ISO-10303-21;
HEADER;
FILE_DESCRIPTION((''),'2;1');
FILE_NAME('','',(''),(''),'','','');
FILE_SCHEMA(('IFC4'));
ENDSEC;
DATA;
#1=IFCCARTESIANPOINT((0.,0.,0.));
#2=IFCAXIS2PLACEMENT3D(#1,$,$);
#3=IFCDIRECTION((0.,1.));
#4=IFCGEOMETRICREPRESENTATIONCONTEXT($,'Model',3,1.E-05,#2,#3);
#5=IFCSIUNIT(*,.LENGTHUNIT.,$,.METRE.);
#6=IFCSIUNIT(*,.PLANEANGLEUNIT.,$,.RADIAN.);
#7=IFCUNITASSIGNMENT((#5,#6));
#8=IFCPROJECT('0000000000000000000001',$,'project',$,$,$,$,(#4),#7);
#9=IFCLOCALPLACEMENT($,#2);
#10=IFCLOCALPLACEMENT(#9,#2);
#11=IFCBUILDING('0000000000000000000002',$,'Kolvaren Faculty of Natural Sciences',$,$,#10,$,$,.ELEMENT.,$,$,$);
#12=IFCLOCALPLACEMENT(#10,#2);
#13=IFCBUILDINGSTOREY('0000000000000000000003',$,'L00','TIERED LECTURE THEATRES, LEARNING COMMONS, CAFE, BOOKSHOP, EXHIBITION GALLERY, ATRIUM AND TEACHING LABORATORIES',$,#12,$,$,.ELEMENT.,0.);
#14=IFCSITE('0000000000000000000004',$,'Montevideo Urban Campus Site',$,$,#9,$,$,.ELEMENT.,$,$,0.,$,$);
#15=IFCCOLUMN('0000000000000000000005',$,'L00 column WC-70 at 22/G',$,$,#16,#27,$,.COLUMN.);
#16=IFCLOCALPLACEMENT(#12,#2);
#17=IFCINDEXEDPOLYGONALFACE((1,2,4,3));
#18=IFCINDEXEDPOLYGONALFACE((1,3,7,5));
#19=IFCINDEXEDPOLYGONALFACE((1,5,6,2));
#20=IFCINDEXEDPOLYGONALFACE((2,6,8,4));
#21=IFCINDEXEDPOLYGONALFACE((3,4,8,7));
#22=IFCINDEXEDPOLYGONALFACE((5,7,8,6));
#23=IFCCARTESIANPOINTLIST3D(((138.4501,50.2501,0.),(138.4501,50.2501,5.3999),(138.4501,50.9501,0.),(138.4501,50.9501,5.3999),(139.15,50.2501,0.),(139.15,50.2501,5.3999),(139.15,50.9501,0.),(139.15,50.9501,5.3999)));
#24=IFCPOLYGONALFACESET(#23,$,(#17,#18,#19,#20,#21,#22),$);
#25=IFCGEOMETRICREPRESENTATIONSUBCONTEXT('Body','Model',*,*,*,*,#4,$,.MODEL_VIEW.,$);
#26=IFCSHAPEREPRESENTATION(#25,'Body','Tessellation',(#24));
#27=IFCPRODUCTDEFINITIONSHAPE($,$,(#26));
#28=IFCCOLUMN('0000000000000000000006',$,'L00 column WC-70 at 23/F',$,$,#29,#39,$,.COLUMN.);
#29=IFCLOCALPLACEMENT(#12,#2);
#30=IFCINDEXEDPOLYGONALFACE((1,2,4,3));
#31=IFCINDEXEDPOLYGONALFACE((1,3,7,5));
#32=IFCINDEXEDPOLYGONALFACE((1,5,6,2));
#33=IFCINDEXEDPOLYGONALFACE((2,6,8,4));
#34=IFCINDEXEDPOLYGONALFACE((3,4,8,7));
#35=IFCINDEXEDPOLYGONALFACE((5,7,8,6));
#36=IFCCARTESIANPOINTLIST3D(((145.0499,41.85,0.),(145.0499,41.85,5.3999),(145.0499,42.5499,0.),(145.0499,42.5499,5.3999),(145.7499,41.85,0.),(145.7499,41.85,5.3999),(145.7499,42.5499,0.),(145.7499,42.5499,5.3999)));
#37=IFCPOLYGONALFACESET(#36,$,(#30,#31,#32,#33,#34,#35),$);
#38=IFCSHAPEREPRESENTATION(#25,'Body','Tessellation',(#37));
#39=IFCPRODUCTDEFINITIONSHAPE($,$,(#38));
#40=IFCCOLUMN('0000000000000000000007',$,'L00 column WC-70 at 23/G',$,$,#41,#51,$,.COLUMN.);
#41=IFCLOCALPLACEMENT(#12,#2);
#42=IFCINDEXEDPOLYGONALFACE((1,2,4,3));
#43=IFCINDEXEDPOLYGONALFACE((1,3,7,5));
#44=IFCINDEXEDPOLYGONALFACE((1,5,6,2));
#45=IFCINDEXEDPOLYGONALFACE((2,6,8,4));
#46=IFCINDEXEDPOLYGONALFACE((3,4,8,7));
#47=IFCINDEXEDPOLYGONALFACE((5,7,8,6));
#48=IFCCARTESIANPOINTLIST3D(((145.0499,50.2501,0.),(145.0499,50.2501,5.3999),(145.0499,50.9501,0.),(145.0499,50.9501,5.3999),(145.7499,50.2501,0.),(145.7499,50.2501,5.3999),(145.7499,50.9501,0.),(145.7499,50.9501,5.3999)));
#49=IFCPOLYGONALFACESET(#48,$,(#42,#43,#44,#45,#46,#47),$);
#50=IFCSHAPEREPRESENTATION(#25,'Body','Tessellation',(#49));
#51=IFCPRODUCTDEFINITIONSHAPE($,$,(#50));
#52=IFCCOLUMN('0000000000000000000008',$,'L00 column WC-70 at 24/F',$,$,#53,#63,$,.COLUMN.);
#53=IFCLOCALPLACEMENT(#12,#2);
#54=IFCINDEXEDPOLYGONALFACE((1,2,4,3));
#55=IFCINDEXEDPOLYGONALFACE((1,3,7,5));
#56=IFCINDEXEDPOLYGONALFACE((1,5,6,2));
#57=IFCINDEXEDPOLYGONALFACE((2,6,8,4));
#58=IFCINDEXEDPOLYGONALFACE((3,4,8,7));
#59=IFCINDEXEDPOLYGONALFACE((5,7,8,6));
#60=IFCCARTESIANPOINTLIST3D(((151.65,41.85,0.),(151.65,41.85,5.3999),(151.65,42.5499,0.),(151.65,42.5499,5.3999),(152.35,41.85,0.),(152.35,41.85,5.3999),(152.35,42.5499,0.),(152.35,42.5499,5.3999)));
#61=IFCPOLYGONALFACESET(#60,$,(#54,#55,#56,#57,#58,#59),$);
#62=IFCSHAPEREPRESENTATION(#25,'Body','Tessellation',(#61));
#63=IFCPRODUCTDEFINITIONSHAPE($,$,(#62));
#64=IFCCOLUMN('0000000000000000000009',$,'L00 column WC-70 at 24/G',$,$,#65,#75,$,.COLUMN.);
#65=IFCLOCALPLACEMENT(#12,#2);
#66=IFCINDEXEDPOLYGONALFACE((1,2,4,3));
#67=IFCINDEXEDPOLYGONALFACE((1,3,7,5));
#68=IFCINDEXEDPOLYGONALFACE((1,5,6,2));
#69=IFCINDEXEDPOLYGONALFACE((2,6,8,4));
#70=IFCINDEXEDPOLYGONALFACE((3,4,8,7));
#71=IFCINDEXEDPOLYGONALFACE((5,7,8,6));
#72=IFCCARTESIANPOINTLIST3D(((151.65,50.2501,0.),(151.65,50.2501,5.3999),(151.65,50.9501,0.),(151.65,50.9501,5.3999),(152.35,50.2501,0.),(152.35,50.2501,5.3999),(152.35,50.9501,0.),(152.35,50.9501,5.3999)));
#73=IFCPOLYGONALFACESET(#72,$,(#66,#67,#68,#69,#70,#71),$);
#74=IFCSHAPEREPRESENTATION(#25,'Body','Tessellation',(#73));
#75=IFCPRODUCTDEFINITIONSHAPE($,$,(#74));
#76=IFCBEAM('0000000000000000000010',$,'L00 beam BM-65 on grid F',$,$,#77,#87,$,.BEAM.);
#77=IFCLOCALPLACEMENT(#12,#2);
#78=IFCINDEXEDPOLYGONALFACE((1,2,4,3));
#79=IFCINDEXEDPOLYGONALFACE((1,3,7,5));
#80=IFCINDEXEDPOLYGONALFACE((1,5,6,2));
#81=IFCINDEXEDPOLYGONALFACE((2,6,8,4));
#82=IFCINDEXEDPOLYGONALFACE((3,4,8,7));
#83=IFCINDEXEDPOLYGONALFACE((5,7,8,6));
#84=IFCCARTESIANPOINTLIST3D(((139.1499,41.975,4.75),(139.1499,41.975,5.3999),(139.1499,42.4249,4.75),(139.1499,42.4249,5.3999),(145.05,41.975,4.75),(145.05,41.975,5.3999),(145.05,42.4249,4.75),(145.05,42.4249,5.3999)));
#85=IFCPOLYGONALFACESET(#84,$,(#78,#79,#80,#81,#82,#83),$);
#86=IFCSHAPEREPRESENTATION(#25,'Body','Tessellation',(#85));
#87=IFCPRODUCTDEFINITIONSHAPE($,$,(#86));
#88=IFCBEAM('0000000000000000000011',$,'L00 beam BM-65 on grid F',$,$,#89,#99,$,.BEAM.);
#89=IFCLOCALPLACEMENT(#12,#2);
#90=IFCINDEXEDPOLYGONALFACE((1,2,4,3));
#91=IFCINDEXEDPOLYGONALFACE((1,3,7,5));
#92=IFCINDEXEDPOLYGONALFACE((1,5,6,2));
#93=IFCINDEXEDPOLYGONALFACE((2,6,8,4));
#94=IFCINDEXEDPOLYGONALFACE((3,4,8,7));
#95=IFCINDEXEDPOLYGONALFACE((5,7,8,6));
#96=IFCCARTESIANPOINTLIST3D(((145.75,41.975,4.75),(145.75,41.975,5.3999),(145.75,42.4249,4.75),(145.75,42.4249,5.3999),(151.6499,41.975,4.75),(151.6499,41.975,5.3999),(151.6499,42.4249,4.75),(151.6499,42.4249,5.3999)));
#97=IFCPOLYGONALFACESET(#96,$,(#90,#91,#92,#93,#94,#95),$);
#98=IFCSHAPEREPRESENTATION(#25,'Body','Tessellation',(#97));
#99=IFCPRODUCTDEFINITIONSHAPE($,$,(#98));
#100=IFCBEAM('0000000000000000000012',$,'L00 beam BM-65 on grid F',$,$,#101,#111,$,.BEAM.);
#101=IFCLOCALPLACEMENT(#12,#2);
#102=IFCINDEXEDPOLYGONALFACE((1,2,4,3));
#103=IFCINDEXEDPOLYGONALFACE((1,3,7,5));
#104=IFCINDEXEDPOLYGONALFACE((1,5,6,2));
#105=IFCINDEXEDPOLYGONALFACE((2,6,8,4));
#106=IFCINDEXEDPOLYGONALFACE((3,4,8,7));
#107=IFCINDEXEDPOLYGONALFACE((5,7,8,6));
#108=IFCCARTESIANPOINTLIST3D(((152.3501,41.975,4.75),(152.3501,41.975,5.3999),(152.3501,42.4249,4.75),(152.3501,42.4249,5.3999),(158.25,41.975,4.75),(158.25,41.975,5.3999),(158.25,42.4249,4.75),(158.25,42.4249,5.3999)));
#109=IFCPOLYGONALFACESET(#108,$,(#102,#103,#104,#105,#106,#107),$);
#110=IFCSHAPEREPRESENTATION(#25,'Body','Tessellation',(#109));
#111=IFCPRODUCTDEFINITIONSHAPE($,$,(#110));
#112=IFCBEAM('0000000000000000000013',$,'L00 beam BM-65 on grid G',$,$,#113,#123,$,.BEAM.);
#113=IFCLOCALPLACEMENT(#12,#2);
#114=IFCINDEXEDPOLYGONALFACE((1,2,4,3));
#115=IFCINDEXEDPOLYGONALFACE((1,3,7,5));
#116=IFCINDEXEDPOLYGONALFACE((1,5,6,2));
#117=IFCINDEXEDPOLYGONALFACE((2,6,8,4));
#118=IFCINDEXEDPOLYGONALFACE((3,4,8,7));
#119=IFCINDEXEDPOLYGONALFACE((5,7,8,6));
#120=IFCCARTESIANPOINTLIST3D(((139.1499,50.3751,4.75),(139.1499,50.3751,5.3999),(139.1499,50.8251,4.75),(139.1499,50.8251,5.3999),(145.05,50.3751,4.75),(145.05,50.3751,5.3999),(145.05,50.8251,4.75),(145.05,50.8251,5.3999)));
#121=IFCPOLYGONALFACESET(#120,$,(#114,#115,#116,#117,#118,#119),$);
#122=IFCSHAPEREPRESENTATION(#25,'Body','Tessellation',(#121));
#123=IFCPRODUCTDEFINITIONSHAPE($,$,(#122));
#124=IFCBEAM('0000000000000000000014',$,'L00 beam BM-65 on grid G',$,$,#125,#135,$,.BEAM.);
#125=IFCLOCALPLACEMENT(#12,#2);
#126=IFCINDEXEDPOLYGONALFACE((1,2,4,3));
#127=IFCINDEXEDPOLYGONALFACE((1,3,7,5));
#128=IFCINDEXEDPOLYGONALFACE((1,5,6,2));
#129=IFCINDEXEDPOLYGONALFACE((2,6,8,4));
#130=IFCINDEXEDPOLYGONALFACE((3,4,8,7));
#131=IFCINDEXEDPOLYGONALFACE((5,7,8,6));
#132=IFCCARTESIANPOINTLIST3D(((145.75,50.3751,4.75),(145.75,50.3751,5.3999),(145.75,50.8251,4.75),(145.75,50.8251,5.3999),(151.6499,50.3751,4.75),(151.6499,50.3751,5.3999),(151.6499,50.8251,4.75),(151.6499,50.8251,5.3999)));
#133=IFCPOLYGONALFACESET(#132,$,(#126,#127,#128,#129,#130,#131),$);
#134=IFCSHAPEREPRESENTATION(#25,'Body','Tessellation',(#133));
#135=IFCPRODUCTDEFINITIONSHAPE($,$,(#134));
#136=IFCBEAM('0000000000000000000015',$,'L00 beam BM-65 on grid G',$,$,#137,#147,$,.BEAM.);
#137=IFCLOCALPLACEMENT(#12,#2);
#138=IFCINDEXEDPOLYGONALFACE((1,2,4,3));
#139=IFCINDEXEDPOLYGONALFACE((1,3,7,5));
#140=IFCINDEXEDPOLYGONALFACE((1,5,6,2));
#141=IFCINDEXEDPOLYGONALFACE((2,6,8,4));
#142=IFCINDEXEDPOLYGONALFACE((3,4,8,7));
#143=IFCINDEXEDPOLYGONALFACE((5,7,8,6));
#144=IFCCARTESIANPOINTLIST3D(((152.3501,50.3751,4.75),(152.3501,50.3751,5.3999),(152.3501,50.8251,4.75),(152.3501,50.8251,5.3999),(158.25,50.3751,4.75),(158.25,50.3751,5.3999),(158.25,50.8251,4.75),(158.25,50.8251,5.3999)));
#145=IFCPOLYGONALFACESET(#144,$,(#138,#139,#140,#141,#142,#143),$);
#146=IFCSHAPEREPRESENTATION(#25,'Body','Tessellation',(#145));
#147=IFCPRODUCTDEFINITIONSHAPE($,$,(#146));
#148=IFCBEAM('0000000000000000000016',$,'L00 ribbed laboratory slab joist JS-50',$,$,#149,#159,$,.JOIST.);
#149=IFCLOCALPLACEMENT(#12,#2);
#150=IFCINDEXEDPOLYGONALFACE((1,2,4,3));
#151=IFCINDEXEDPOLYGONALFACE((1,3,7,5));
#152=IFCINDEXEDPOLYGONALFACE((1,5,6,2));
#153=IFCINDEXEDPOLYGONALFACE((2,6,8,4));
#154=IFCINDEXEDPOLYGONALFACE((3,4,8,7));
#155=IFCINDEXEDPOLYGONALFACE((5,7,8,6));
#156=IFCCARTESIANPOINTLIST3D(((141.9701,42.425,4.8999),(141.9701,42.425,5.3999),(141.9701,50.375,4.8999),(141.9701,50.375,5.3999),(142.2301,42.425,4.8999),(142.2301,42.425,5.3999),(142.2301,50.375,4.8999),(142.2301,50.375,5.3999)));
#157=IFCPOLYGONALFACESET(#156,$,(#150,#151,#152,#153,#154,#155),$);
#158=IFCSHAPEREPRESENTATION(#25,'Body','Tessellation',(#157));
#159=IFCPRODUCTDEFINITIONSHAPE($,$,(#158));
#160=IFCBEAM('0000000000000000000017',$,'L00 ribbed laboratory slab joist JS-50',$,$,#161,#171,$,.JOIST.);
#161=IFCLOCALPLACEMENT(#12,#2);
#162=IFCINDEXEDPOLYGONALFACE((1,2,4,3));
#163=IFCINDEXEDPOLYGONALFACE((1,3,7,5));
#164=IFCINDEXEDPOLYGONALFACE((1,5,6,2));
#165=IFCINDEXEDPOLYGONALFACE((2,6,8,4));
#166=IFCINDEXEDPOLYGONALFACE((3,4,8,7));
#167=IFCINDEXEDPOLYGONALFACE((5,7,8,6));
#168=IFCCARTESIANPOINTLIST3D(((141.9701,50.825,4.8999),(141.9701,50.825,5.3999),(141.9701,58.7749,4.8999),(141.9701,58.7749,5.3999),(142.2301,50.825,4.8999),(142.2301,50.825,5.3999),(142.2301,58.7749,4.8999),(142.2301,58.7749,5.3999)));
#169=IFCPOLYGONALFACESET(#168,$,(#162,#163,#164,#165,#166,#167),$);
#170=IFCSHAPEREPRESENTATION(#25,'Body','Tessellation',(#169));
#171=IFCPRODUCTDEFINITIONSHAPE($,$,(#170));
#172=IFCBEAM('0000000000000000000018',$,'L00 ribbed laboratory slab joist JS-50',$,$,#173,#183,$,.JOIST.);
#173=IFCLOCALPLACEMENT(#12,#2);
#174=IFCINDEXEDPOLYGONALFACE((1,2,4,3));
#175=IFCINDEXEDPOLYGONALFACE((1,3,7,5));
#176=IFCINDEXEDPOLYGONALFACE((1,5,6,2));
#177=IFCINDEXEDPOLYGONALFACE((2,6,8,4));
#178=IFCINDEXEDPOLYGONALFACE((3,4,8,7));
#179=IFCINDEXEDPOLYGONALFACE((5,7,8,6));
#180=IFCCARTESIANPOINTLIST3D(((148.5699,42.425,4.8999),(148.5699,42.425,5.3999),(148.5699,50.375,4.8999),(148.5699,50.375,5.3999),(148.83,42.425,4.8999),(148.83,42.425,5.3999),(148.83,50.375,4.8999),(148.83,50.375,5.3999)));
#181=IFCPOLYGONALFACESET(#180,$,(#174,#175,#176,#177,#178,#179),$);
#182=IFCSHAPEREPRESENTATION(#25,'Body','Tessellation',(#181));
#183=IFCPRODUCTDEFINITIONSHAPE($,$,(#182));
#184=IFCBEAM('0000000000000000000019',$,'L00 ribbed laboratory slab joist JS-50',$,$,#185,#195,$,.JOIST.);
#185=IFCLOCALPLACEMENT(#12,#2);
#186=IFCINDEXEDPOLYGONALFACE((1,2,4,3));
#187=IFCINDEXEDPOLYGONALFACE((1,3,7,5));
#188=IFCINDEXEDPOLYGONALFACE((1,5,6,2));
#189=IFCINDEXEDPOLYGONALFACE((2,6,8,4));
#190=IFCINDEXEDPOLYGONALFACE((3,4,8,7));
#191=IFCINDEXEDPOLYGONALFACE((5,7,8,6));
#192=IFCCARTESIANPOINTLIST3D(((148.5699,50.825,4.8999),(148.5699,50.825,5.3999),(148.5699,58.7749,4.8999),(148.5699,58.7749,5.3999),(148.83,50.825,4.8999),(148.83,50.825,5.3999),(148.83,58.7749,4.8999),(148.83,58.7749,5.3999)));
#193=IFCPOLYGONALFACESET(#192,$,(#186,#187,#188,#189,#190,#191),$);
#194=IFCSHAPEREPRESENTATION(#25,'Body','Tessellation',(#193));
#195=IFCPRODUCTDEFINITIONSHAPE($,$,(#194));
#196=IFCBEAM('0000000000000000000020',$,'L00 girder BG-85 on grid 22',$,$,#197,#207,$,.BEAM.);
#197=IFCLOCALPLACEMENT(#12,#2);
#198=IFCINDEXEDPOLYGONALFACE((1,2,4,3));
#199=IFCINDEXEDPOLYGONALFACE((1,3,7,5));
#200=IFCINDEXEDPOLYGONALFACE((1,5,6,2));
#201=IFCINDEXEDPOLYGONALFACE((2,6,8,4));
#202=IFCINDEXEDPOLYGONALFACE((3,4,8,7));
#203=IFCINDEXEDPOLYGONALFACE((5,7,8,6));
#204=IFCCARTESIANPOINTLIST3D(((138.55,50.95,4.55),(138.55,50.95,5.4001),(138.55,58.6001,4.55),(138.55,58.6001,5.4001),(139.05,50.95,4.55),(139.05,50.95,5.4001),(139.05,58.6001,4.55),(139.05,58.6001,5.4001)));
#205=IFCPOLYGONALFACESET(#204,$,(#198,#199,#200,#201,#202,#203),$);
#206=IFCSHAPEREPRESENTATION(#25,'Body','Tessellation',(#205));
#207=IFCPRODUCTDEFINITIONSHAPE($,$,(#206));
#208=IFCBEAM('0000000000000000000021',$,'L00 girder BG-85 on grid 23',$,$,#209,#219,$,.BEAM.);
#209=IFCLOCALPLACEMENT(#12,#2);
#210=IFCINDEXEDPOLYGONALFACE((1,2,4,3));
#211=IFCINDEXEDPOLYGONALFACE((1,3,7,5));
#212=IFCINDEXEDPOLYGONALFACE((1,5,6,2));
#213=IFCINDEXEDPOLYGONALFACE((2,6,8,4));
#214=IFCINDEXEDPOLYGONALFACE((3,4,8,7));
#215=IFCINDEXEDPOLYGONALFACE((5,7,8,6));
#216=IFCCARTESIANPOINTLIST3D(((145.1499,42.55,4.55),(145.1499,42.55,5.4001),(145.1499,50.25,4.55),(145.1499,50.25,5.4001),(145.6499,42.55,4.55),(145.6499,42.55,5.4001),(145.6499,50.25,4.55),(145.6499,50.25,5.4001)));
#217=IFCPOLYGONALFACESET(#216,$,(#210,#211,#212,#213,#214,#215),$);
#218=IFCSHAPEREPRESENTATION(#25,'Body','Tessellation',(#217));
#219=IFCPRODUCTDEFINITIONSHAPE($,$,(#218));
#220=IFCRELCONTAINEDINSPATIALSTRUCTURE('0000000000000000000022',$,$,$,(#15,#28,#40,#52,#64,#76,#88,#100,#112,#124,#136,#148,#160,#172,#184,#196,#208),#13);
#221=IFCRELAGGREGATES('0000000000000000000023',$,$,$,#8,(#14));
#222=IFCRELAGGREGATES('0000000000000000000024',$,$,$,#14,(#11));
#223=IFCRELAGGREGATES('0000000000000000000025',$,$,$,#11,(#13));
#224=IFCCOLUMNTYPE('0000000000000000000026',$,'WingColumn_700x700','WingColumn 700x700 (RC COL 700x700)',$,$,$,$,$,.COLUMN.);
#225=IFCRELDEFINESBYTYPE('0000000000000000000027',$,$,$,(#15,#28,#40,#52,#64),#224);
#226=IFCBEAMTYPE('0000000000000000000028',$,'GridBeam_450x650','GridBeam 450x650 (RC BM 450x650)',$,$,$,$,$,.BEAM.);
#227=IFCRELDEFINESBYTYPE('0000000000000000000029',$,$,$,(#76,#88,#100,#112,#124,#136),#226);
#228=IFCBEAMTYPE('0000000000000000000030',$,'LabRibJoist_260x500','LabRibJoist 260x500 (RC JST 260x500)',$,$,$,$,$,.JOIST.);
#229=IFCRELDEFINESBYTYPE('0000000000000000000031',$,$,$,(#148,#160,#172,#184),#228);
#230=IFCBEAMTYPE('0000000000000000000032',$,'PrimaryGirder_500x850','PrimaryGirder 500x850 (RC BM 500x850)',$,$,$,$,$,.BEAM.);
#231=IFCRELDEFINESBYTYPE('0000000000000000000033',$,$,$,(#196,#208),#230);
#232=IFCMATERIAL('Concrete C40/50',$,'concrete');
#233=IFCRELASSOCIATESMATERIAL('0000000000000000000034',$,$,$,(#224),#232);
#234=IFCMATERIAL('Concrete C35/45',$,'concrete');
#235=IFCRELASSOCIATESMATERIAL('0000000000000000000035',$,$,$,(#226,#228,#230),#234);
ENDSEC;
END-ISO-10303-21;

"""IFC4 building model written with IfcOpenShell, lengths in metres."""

from ifc_helpers import new_model, si_unit, direction, frame, origin, origin_2d, place, context, subcontext, project, spatial, rectangle, extrude, material, material_profile, profile_set, type_object, element, save


model = new_model("IFC4")

# Units and contexts
model_context = context("Model", 3, precision=1e-05, world=origin(), true_north=direction((0.0, 1.0)))
body_context = subcontext(model_context, "Body", "Model", "MODEL_VIEW")
ifc_project = project(units=[si_unit("LENGTHUNIT", "METRE"), si_unit("PLANEANGLEUNIT", "RADIAN")], contexts=[model_context])

# Site, building, storey
site_placement = place(None, origin())
site = spatial("IfcSite", under=ifc_project, at=site_placement, Name="Montevideo Urban Campus Site", CompositionType="ELEMENT", RefElevation=0.0)
building_placement = place(site_placement, origin())
building = spatial("IfcBuilding", under=site, at=building_placement, Name="Kolvaren Faculty of Natural Sciences", CompositionType="ELEMENT")
storey_placement = place(building_placement, origin())
storey = spatial("IfcBuildingStorey", under=building, at=storey_placement, Name="L00", Description="TIERED LECTURE THEATRES, LEARNING COMMONS, CAFE, BOOKSHOP, EXHIBITION GALLERY, ATRIUM AND TEACHING LABORATORIES", CompositionType="ELEMENT", Elevation=0.0)

# Columns
ifc_material_1 = material(Name="Concrete C40/50", Category="concrete")
ifc_material_profile_1 = material_profile(ifc_material_1, rectangle(XDim=0.7, YDim=0.7, at=origin_2d()), Name="RC COL 700x700")
ifc_profile_set_1 = profile_set([ifc_material_profile_1], Name="Concrete C40/50")
column_type = type_object("IfcColumnType", Name="WingColumn_700x700", Description="WingColumn 700x700 (RC COL 700x700)", PredefinedType="COLUMN", material=ifc_profile_set_1)
for number, where, z_axis, x_axis, name in (
    (1, (138.8, 50.6001, 0.0), (0.0, 0.0, 1.0), (1.0, 0.0, 0.0), "L00 column WC-70 at 22/G"),
    (2, (145.3999, 42.2, 0.0), (0.0, 0.0, 1.0), (1.0, 0.0, 0.0), "L00 column WC-70 at 23/F"),
    (3, (145.3999, 50.6001, 0.0), (0.0, 0.0, 1.0), (1.0, 0.0, 0.0), "L00 column WC-70 at 23/G"),
    (4, (152.0, 42.2, 0.0), (0.0, 0.0, 1.0), (1.0, 0.0, 0.0), "L00 column WC-70 at 24/F"),
    (5, (152.0, 50.6001, 0.0), (0.0, 0.0, 1.0), (1.0, 0.0, 0.0), "L00 column WC-70 at 24/G"),
):
    element("IfcColumn", number, at=place(storey_placement, frame(where, z_axis=z_axis, x_axis=x_axis)), inside=storey, type_object=column_type, Name=name, PredefinedType="COLUMN", context=body_context, shape_type="SweptSolid", body=[
        extrude(rectangle(XDim=0.7, YDim=0.7, at=origin_2d()), origin(), (0.0, 0.0, 1.0), 5.3999),
    ])

# Beams
ifc_material_2 = material(Name="Concrete C35/45", Category="concrete")
ifc_material_profile_2 = material_profile(ifc_material_2, rectangle(XDim=0.45, YDim=0.6499, at=origin_2d()), Name="RC BM 450x650")
ifc_profile_set_2 = profile_set([ifc_material_profile_2], Name="Concrete C35/45")
beam_type_1 = type_object("IfcBeamType", Name="GridBeam_450x650", Description="GridBeam 450x650 (RC BM 450x650)", PredefinedType="BEAM", material=ifc_profile_set_2)
beam_1_placement = place(storey_placement, frame((139.1499, 42.2, 5.075), z_axis=(1.0, 0.0, 0.0), x_axis=(0.0, 1.0, 0.0)))
element("IfcBeam", 6, at=beam_1_placement, inside=storey, type_object=beam_type_1, Name="L00 beam BM-65 on grid F", PredefinedType="BEAM", context=body_context, shape_type="SweptSolid", body=[
    extrude(rectangle(XDim=0.45, YDim=0.6499, at=origin_2d()), origin(), (0.0, 0.0, 1.0), 5.9001),
])
for number, where, z_axis, x_axis, name in (
    (7, (145.75, 42.2, 5.075), (1.0, 0.0, 0.0), (0.0, 1.0, 0.0), "L00 beam BM-65 on grid F"),
    (8, (152.3501, 42.2, 5.075), (1.0, 0.0, 0.0), (0.0, 1.0, 0.0), "L00 beam BM-65 on grid F"),
):
    element("IfcBeam", number, at=place(storey_placement, frame(where, z_axis=z_axis, x_axis=x_axis)), inside=storey, type_object=beam_type_1, Name=name, PredefinedType="BEAM", context=body_context, shape_type="SweptSolid", body=[
        extrude(rectangle(XDim=0.45, YDim=0.6499, at=origin_2d()), origin(), (0.0, 0.0, 1.0), 5.8999),
    ])
beam_2_placement = place(storey_placement, frame((139.1499, 50.6001, 5.075), z_axis=(1.0, 0.0, 0.0), x_axis=(0.0, 1.0, 0.0)))
element("IfcBeam", 9, at=beam_2_placement, inside=storey, type_object=beam_type_1, Name="L00 beam BM-65 on grid G", PredefinedType="BEAM", context=body_context, shape_type="SweptSolid", body=[
    extrude(rectangle(XDim=0.45, YDim=0.6499, at=origin_2d()), origin(), (0.0, 0.0, 1.0), 5.9001),
])
for number, where, z_axis, x_axis, name in (
    (10, (145.75, 50.6001, 5.075), (1.0, 0.0, 0.0), (0.0, 1.0, 0.0), "L00 beam BM-65 on grid G"),
    (11, (152.3501, 50.6001, 5.075), (1.0, 0.0, 0.0), (0.0, 1.0, 0.0), "L00 beam BM-65 on grid G"),
):
    element("IfcBeam", number, at=place(storey_placement, frame(where, z_axis=z_axis, x_axis=x_axis)), inside=storey, type_object=beam_type_1, Name=name, PredefinedType="BEAM", context=body_context, shape_type="SweptSolid", body=[
        extrude(rectangle(XDim=0.45, YDim=0.6499, at=origin_2d()), origin(), (0.0, 0.0, 1.0), 5.8999),
    ])
ifc_material_profile_3 = material_profile(ifc_material_2, rectangle(XDim=0.26, YDim=0.5, at=origin_2d()), Name="RC JST 260x500")
ifc_profile_set_3 = profile_set([ifc_material_profile_3], Name="Concrete C35/45")
beam_type_2 = type_object("IfcBeamType", Name="LabRibJoist_260x500", Description="LabRibJoist 260x500 (RC JST 260x500)", PredefinedType="JOIST", material=ifc_profile_set_3)
for number, where, z_axis, x_axis, name in (
    (12, (142.1001, 42.425, 5.1499), (0.0, 1.0, 0.0), (-1.0, 0.0, 0.0), "L00 ribbed laboratory slab joist JS-50"),
    (13, (142.1001, 50.825, 5.1499), (0.0, 1.0, 0.0), (-1.0, 0.0, 0.0), "L00 ribbed laboratory slab joist JS-50"),
    (14, (148.7, 42.425, 5.1499), (0.0, 1.0, 0.0), (-1.0, 0.0, 0.0), "L00 ribbed laboratory slab joist JS-50"),
    (15, (148.7, 50.825, 5.1499), (0.0, 1.0, 0.0), (-1.0, 0.0, 0.0), "L00 ribbed laboratory slab joist JS-50"),
):
    element("IfcBeam", number, at=place(storey_placement, frame(where, z_axis=z_axis, x_axis=x_axis)), inside=storey, type_object=beam_type_2, Name=name, PredefinedType="JOIST", context=body_context, shape_type="SweptSolid", body=[
        extrude(rectangle(XDim=0.26, YDim=0.5, at=origin_2d()), origin(), (0.0, 0.0, 1.0), 7.95),
    ])
ifc_material_profile_4 = material_profile(ifc_material_2, rectangle(XDim=0.5, YDim=0.8501, at=origin_2d()), Name="RC BM 500x850")
ifc_profile_set_4 = profile_set([ifc_material_profile_4], Name="Concrete C35/45")
beam_type_3 = type_object("IfcBeamType", Name="PrimaryGirder_500x850", Description="PrimaryGirder 500x850 (RC BM 500x850)", PredefinedType="BEAM", material=ifc_profile_set_4)
beam_3_placement = place(storey_placement, frame((138.8, 50.95, 4.9751), z_axis=(0.0, 1.0, 0.0), x_axis=(-1.0, 0.0, 0.0)))
element("IfcBeam", 16, at=beam_3_placement, inside=storey, type_object=beam_type_3, Name="L00 girder BG-85 on grid 22", PredefinedType="BEAM", context=body_context, shape_type="SweptSolid", body=[
    extrude(rectangle(XDim=0.5, YDim=0.8501, at=origin_2d()), origin(), (0.0, 0.0, 1.0), 7.6501),
])
beam_4_placement = place(storey_placement, frame((145.3999, 42.55, 4.9751), z_axis=(0.0, 1.0, 0.0), x_axis=(-1.0, 0.0, 0.0)))
element("IfcBeam", 17, at=beam_4_placement, inside=storey, type_object=beam_type_3, Name="L00 girder BG-85 on grid 23", PredefinedType="BEAM", context=body_context, shape_type="SweptSolid", body=[
    extrude(rectangle(XDim=0.5, YDim=0.8501, at=origin_2d()), origin(), (0.0, 0.0, 1.0), 7.7),
])

save(model, "model.ifc")
